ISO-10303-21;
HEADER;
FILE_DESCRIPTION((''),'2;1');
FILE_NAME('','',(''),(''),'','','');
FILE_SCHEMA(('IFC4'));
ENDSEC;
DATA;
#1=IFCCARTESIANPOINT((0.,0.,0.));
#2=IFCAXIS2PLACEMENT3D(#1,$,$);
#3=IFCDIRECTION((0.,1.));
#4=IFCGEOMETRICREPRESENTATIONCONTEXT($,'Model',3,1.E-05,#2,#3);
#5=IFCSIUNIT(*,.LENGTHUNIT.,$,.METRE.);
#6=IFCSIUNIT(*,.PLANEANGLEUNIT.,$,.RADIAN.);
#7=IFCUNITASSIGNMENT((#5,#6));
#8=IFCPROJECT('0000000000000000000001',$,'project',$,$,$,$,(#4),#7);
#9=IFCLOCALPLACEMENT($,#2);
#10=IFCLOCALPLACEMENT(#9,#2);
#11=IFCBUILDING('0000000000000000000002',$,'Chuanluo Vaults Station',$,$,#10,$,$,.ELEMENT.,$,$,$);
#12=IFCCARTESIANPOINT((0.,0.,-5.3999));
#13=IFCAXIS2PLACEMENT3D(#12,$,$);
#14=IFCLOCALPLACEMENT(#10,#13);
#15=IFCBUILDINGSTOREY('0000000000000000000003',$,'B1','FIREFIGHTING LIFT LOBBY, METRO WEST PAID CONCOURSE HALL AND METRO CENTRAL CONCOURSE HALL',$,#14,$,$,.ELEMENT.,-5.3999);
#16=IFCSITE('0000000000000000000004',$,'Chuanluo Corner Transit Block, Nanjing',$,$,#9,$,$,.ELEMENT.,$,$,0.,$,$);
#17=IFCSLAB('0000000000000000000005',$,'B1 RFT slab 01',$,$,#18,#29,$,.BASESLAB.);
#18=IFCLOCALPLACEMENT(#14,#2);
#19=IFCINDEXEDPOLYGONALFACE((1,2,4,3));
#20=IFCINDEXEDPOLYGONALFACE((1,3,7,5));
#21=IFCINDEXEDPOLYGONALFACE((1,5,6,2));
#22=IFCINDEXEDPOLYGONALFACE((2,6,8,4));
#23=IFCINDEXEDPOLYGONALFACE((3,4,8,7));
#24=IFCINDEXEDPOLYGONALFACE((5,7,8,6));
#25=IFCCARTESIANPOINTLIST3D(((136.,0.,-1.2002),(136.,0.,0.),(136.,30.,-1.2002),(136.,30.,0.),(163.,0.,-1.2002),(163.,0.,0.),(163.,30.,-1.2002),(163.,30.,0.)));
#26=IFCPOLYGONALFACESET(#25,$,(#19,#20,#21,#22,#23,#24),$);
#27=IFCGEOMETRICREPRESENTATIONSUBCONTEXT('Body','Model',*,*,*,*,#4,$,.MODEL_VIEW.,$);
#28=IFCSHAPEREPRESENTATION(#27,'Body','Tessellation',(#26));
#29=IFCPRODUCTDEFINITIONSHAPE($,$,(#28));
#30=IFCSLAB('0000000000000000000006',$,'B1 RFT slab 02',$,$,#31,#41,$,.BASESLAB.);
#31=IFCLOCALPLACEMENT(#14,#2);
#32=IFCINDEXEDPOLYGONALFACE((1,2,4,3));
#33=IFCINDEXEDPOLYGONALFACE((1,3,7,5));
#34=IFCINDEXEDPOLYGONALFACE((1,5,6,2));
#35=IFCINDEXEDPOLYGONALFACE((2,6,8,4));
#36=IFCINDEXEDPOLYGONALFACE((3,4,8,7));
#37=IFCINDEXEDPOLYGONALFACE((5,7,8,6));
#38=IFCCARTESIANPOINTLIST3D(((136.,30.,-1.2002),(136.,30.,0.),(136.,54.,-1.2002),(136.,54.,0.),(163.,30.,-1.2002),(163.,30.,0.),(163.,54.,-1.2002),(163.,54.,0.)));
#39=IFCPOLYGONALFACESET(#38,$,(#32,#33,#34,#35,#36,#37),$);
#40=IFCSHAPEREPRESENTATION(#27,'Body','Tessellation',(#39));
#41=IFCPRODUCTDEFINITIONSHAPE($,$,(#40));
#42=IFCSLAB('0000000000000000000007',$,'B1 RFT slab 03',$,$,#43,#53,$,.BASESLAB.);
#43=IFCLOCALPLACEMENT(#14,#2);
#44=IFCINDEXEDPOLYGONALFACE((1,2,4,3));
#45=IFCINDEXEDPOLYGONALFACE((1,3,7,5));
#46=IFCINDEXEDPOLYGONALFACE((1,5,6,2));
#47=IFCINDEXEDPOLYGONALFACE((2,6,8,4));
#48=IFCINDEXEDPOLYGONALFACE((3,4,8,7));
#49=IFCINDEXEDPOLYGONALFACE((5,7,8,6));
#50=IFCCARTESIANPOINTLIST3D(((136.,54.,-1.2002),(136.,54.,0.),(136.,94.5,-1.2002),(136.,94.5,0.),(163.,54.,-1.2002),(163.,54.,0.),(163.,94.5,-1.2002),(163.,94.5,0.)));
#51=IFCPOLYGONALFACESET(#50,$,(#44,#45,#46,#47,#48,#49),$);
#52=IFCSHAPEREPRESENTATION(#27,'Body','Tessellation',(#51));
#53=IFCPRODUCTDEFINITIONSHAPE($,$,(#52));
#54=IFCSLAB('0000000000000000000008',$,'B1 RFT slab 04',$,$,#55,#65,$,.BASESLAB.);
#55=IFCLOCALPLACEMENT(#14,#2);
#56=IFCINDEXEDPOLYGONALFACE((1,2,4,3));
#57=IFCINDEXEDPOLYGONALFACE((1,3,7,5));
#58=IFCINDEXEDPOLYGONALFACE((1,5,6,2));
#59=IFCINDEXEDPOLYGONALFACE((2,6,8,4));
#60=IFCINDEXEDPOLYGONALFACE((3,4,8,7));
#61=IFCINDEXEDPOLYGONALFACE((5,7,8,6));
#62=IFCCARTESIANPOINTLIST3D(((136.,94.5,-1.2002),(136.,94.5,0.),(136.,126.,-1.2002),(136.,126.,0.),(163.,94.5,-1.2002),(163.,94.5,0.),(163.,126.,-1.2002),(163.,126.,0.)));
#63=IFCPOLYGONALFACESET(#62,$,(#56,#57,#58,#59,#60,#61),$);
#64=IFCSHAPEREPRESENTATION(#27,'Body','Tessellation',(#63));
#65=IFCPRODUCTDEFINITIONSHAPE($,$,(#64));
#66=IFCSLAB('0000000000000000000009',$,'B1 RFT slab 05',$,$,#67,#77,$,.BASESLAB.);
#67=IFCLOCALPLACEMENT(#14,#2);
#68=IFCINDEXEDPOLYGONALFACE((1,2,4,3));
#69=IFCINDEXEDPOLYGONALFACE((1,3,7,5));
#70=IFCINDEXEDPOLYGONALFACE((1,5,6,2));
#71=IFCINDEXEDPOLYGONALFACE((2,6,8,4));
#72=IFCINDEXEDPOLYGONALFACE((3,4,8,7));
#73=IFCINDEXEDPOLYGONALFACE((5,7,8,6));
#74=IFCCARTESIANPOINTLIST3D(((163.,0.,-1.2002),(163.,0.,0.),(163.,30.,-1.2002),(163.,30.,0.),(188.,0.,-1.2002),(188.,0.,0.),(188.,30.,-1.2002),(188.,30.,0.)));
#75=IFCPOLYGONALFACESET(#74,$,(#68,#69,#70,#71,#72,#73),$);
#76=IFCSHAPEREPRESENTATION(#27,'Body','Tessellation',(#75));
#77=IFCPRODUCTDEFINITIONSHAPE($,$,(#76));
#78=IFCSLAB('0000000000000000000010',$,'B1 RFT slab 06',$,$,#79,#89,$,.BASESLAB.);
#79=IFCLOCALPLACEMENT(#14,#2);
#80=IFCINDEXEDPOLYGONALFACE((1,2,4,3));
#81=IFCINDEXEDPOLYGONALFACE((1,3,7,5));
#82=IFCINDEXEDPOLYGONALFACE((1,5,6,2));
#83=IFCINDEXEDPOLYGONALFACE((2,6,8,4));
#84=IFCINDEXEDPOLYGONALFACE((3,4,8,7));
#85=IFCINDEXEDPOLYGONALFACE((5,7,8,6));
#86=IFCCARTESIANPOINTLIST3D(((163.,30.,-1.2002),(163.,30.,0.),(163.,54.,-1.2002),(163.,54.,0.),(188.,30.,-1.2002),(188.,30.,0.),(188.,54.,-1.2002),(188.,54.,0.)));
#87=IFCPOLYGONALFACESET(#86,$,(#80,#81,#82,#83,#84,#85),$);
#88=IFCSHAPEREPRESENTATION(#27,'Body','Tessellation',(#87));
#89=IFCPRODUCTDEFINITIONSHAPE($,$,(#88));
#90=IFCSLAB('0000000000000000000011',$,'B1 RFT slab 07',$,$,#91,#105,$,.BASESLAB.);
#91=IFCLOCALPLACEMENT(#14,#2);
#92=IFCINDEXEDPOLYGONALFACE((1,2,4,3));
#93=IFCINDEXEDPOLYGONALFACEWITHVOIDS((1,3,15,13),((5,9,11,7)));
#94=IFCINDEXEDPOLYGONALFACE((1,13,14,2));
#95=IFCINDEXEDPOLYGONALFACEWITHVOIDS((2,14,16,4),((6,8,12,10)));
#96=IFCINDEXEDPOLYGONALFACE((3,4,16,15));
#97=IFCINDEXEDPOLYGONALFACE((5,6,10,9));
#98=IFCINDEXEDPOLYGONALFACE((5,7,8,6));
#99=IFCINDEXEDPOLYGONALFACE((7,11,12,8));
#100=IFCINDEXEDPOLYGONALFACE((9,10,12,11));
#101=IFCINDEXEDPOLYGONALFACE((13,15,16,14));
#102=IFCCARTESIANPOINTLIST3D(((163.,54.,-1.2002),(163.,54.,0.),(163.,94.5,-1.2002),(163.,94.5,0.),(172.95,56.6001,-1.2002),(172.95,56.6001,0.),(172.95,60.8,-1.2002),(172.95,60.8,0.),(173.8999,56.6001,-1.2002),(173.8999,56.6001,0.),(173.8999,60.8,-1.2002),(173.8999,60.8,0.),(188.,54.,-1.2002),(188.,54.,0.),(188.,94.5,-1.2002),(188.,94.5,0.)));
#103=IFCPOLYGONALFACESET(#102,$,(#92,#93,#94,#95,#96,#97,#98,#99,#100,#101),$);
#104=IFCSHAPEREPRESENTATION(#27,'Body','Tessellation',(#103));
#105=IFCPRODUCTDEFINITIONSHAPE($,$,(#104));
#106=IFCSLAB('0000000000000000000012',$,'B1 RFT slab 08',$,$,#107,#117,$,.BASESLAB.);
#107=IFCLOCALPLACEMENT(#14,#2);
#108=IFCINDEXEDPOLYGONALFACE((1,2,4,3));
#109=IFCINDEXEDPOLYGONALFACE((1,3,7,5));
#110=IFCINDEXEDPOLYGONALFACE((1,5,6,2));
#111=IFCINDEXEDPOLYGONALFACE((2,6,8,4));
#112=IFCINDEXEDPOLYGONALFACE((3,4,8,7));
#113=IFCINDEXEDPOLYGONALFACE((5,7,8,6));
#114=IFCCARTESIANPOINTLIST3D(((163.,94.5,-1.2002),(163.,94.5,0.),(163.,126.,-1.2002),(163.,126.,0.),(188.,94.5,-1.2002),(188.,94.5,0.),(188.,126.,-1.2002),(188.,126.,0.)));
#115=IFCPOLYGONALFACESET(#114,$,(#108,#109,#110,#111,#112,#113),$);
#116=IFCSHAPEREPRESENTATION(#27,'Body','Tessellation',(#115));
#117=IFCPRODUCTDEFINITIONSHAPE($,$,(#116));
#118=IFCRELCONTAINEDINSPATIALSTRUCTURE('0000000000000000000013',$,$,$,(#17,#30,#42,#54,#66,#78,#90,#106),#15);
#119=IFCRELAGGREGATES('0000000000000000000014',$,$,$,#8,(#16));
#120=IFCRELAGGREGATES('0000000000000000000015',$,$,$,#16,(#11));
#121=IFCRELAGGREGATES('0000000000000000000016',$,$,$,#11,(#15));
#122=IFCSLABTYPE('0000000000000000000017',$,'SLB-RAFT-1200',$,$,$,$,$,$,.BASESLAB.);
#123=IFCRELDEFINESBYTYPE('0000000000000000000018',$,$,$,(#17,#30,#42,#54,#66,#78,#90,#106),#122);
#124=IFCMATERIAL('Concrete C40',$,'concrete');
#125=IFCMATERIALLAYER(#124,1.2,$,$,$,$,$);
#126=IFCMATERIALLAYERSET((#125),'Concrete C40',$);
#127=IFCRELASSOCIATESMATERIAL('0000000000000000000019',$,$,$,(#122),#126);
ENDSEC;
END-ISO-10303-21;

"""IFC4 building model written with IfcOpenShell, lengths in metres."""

from ifc_helpers import new_model, si_unit, direction, frame, origin, place, context, subcontext, project, spatial, polyline, outline, extrude, material, layer, layer_set, type_object, element, save


model = new_model("IFC4")

# Units and contexts
model_context = context("Model", 3, precision=1e-05, world=origin(), true_north=direction((0.0, 1.0)))
body_context = subcontext(model_context, "Body", "Model", "MODEL_VIEW")
ifc_project = project(units=[si_unit("LENGTHUNIT", "METRE"), si_unit("PLANEANGLEUNIT", "RADIAN")], contexts=[model_context])

# Site, building, storey
site_placement = place(None, origin())
site = spatial("IfcSite", under=ifc_project, at=site_placement, Name="Chuanluo Corner Transit Block, Nanjing", CompositionType="ELEMENT", RefElevation=0.0)
building_placement = place(site_placement, origin())
building = spatial("IfcBuilding", under=site, at=building_placement, Name="Chuanluo Vaults Station", CompositionType="ELEMENT")
storey_placement = place(building_placement, frame((0.0, 0.0, -5.3999)))
storey = spatial("IfcBuildingStorey", under=building, at=storey_placement, Name="B1", Description="FIREFIGHTING LIFT LOBBY, METRO WEST PAID CONCOURSE HALL AND METRO CENTRAL CONCOURSE HALL", CompositionType="ELEMENT", Elevation=-5.3999)

# Slabs
ifc_material_1 = material(Name="Concrete C40", Category="concrete")
ifc_layer = layer(ifc_material_1, 1.2)
ifc_layer_set = layer_set([ifc_layer], Name="Concrete C40")
slab_type = type_object("IfcSlabType", Name="SLB-RAFT-1200", PredefinedType="BASESLAB", material=ifc_layer_set)
slab_1_placement = place(storey_placement, frame((0.0, 0.0, -1.2002)))
element("IfcSlab", 1, at=slab_1_placement, inside=storey, type_object=slab_type, Name="B1 RFT slab 01", PredefinedType="BASESLAB", context=body_context, shape_type="SweptSolid", body=[
    extrude(outline(polyline([(136.0, 0.0), (163.0, 0.0), (163.0, 30.0), (136.0, 30.0), (136.0, 0.0)])), origin(), (0.0, 0.0, 1.0), 1.2002),
])
slab_2_placement = place(storey_placement, frame((0.0, 0.0, -1.2002)))
element("IfcSlab", 2, at=slab_2_placement, inside=storey, type_object=slab_type, Name="B1 RFT slab 02", PredefinedType="BASESLAB", context=body_context, shape_type="SweptSolid", body=[
    extrude(outline(polyline([(136.0, 30.0), (163.0, 30.0), (163.0, 54.0), (136.0, 54.0), (136.0, 30.0)])), origin(), (0.0, 0.0, 1.0), 1.2002),
])
slab_3_placement = place(storey_placement, frame((0.0, 0.0, -1.2002)))
element("IfcSlab", 3, at=slab_3_placement, inside=storey, type_object=slab_type, Name="B1 RFT slab 03", PredefinedType="BASESLAB", context=body_context, shape_type="SweptSolid", body=[
    extrude(outline(polyline([(136.0, 54.0), (163.0, 54.0), (163.0, 94.5), (136.0, 94.5), (136.0, 54.0)])), origin(), (0.0, 0.0, 1.0), 1.2002),
])
slab_4_placement = place(storey_placement, frame((0.0, 0.0, -1.2002)))
element("IfcSlab", 4, at=slab_4_placement, inside=storey, type_object=slab_type, Name="B1 RFT slab 04", PredefinedType="BASESLAB", context=body_context, shape_type="SweptSolid", body=[
    extrude(outline(polyline([(136.0, 94.5), (163.0, 94.5), (163.0, 126.0), (136.0, 126.0), (136.0, 94.5)])), origin(), (0.0, 0.0, 1.0), 1.2002),
])
slab_5_placement = place(storey_placement, frame((0.0, 0.0, -1.2002)))
element("IfcSlab", 5, at=slab_5_placement, inside=storey, type_object=slab_type, Name="B1 RFT slab 05", PredefinedType="BASESLAB", context=body_context, shape_type="SweptSolid", body=[
    extrude(outline(polyline([(163.0, 0.0), (188.0, 0.0), (188.0, 30.0), (163.0, 30.0), (163.0, 0.0)])), origin(), (0.0, 0.0, 1.0), 1.2002),
])
slab_6_placement = place(storey_placement, frame((0.0, 0.0, -1.2002)))
element("IfcSlab", 6, at=slab_6_placement, inside=storey, type_object=slab_type, Name="B1 RFT slab 06", PredefinedType="BASESLAB", context=body_context, shape_type="SweptSolid", body=[
    extrude(outline(polyline([(163.0, 30.0), (188.0, 30.0), (188.0, 54.0), (163.0, 54.0), (163.0, 30.0)])), origin(), (0.0, 0.0, 1.0), 1.2002),
])
slab_7_placement = place(storey_placement, frame((0.0, 0.0, -1.2002)))
element("IfcSlab", 7, at=slab_7_placement, inside=storey, type_object=slab_type, Name="B1 RFT slab 07", PredefinedType="BASESLAB", context=body_context, shape_type="SweptSolid", body=[
    extrude(outline(polyline([(163.0, 54.0), (188.0, 54.0), (188.0, 94.5), (163.0, 94.5), (163.0, 54.0)]), holes=[polyline([(172.95, 56.6001), (173.8999, 56.6001), (173.8999, 60.8), (172.95, 60.8), (172.95, 56.6001)])]), origin(), (0.0, 0.0, 1.0), 1.2002),
])
slab_8_placement = place(storey_placement, frame((0.0, 0.0, -1.2002)))
element("IfcSlab", 8, at=slab_8_placement, inside=storey, type_object=slab_type, Name="B1 RFT slab 08", PredefinedType="BASESLAB", context=body_context, shape_type="SweptSolid", body=[
    extrude(outline(polyline([(163.0, 94.5), (188.0, 94.5), (188.0, 126.0), (163.0, 126.0), (163.0, 94.5)])), origin(), (0.0, 0.0, 1.0), 1.2002),
])

save(model, "model.ifc")
